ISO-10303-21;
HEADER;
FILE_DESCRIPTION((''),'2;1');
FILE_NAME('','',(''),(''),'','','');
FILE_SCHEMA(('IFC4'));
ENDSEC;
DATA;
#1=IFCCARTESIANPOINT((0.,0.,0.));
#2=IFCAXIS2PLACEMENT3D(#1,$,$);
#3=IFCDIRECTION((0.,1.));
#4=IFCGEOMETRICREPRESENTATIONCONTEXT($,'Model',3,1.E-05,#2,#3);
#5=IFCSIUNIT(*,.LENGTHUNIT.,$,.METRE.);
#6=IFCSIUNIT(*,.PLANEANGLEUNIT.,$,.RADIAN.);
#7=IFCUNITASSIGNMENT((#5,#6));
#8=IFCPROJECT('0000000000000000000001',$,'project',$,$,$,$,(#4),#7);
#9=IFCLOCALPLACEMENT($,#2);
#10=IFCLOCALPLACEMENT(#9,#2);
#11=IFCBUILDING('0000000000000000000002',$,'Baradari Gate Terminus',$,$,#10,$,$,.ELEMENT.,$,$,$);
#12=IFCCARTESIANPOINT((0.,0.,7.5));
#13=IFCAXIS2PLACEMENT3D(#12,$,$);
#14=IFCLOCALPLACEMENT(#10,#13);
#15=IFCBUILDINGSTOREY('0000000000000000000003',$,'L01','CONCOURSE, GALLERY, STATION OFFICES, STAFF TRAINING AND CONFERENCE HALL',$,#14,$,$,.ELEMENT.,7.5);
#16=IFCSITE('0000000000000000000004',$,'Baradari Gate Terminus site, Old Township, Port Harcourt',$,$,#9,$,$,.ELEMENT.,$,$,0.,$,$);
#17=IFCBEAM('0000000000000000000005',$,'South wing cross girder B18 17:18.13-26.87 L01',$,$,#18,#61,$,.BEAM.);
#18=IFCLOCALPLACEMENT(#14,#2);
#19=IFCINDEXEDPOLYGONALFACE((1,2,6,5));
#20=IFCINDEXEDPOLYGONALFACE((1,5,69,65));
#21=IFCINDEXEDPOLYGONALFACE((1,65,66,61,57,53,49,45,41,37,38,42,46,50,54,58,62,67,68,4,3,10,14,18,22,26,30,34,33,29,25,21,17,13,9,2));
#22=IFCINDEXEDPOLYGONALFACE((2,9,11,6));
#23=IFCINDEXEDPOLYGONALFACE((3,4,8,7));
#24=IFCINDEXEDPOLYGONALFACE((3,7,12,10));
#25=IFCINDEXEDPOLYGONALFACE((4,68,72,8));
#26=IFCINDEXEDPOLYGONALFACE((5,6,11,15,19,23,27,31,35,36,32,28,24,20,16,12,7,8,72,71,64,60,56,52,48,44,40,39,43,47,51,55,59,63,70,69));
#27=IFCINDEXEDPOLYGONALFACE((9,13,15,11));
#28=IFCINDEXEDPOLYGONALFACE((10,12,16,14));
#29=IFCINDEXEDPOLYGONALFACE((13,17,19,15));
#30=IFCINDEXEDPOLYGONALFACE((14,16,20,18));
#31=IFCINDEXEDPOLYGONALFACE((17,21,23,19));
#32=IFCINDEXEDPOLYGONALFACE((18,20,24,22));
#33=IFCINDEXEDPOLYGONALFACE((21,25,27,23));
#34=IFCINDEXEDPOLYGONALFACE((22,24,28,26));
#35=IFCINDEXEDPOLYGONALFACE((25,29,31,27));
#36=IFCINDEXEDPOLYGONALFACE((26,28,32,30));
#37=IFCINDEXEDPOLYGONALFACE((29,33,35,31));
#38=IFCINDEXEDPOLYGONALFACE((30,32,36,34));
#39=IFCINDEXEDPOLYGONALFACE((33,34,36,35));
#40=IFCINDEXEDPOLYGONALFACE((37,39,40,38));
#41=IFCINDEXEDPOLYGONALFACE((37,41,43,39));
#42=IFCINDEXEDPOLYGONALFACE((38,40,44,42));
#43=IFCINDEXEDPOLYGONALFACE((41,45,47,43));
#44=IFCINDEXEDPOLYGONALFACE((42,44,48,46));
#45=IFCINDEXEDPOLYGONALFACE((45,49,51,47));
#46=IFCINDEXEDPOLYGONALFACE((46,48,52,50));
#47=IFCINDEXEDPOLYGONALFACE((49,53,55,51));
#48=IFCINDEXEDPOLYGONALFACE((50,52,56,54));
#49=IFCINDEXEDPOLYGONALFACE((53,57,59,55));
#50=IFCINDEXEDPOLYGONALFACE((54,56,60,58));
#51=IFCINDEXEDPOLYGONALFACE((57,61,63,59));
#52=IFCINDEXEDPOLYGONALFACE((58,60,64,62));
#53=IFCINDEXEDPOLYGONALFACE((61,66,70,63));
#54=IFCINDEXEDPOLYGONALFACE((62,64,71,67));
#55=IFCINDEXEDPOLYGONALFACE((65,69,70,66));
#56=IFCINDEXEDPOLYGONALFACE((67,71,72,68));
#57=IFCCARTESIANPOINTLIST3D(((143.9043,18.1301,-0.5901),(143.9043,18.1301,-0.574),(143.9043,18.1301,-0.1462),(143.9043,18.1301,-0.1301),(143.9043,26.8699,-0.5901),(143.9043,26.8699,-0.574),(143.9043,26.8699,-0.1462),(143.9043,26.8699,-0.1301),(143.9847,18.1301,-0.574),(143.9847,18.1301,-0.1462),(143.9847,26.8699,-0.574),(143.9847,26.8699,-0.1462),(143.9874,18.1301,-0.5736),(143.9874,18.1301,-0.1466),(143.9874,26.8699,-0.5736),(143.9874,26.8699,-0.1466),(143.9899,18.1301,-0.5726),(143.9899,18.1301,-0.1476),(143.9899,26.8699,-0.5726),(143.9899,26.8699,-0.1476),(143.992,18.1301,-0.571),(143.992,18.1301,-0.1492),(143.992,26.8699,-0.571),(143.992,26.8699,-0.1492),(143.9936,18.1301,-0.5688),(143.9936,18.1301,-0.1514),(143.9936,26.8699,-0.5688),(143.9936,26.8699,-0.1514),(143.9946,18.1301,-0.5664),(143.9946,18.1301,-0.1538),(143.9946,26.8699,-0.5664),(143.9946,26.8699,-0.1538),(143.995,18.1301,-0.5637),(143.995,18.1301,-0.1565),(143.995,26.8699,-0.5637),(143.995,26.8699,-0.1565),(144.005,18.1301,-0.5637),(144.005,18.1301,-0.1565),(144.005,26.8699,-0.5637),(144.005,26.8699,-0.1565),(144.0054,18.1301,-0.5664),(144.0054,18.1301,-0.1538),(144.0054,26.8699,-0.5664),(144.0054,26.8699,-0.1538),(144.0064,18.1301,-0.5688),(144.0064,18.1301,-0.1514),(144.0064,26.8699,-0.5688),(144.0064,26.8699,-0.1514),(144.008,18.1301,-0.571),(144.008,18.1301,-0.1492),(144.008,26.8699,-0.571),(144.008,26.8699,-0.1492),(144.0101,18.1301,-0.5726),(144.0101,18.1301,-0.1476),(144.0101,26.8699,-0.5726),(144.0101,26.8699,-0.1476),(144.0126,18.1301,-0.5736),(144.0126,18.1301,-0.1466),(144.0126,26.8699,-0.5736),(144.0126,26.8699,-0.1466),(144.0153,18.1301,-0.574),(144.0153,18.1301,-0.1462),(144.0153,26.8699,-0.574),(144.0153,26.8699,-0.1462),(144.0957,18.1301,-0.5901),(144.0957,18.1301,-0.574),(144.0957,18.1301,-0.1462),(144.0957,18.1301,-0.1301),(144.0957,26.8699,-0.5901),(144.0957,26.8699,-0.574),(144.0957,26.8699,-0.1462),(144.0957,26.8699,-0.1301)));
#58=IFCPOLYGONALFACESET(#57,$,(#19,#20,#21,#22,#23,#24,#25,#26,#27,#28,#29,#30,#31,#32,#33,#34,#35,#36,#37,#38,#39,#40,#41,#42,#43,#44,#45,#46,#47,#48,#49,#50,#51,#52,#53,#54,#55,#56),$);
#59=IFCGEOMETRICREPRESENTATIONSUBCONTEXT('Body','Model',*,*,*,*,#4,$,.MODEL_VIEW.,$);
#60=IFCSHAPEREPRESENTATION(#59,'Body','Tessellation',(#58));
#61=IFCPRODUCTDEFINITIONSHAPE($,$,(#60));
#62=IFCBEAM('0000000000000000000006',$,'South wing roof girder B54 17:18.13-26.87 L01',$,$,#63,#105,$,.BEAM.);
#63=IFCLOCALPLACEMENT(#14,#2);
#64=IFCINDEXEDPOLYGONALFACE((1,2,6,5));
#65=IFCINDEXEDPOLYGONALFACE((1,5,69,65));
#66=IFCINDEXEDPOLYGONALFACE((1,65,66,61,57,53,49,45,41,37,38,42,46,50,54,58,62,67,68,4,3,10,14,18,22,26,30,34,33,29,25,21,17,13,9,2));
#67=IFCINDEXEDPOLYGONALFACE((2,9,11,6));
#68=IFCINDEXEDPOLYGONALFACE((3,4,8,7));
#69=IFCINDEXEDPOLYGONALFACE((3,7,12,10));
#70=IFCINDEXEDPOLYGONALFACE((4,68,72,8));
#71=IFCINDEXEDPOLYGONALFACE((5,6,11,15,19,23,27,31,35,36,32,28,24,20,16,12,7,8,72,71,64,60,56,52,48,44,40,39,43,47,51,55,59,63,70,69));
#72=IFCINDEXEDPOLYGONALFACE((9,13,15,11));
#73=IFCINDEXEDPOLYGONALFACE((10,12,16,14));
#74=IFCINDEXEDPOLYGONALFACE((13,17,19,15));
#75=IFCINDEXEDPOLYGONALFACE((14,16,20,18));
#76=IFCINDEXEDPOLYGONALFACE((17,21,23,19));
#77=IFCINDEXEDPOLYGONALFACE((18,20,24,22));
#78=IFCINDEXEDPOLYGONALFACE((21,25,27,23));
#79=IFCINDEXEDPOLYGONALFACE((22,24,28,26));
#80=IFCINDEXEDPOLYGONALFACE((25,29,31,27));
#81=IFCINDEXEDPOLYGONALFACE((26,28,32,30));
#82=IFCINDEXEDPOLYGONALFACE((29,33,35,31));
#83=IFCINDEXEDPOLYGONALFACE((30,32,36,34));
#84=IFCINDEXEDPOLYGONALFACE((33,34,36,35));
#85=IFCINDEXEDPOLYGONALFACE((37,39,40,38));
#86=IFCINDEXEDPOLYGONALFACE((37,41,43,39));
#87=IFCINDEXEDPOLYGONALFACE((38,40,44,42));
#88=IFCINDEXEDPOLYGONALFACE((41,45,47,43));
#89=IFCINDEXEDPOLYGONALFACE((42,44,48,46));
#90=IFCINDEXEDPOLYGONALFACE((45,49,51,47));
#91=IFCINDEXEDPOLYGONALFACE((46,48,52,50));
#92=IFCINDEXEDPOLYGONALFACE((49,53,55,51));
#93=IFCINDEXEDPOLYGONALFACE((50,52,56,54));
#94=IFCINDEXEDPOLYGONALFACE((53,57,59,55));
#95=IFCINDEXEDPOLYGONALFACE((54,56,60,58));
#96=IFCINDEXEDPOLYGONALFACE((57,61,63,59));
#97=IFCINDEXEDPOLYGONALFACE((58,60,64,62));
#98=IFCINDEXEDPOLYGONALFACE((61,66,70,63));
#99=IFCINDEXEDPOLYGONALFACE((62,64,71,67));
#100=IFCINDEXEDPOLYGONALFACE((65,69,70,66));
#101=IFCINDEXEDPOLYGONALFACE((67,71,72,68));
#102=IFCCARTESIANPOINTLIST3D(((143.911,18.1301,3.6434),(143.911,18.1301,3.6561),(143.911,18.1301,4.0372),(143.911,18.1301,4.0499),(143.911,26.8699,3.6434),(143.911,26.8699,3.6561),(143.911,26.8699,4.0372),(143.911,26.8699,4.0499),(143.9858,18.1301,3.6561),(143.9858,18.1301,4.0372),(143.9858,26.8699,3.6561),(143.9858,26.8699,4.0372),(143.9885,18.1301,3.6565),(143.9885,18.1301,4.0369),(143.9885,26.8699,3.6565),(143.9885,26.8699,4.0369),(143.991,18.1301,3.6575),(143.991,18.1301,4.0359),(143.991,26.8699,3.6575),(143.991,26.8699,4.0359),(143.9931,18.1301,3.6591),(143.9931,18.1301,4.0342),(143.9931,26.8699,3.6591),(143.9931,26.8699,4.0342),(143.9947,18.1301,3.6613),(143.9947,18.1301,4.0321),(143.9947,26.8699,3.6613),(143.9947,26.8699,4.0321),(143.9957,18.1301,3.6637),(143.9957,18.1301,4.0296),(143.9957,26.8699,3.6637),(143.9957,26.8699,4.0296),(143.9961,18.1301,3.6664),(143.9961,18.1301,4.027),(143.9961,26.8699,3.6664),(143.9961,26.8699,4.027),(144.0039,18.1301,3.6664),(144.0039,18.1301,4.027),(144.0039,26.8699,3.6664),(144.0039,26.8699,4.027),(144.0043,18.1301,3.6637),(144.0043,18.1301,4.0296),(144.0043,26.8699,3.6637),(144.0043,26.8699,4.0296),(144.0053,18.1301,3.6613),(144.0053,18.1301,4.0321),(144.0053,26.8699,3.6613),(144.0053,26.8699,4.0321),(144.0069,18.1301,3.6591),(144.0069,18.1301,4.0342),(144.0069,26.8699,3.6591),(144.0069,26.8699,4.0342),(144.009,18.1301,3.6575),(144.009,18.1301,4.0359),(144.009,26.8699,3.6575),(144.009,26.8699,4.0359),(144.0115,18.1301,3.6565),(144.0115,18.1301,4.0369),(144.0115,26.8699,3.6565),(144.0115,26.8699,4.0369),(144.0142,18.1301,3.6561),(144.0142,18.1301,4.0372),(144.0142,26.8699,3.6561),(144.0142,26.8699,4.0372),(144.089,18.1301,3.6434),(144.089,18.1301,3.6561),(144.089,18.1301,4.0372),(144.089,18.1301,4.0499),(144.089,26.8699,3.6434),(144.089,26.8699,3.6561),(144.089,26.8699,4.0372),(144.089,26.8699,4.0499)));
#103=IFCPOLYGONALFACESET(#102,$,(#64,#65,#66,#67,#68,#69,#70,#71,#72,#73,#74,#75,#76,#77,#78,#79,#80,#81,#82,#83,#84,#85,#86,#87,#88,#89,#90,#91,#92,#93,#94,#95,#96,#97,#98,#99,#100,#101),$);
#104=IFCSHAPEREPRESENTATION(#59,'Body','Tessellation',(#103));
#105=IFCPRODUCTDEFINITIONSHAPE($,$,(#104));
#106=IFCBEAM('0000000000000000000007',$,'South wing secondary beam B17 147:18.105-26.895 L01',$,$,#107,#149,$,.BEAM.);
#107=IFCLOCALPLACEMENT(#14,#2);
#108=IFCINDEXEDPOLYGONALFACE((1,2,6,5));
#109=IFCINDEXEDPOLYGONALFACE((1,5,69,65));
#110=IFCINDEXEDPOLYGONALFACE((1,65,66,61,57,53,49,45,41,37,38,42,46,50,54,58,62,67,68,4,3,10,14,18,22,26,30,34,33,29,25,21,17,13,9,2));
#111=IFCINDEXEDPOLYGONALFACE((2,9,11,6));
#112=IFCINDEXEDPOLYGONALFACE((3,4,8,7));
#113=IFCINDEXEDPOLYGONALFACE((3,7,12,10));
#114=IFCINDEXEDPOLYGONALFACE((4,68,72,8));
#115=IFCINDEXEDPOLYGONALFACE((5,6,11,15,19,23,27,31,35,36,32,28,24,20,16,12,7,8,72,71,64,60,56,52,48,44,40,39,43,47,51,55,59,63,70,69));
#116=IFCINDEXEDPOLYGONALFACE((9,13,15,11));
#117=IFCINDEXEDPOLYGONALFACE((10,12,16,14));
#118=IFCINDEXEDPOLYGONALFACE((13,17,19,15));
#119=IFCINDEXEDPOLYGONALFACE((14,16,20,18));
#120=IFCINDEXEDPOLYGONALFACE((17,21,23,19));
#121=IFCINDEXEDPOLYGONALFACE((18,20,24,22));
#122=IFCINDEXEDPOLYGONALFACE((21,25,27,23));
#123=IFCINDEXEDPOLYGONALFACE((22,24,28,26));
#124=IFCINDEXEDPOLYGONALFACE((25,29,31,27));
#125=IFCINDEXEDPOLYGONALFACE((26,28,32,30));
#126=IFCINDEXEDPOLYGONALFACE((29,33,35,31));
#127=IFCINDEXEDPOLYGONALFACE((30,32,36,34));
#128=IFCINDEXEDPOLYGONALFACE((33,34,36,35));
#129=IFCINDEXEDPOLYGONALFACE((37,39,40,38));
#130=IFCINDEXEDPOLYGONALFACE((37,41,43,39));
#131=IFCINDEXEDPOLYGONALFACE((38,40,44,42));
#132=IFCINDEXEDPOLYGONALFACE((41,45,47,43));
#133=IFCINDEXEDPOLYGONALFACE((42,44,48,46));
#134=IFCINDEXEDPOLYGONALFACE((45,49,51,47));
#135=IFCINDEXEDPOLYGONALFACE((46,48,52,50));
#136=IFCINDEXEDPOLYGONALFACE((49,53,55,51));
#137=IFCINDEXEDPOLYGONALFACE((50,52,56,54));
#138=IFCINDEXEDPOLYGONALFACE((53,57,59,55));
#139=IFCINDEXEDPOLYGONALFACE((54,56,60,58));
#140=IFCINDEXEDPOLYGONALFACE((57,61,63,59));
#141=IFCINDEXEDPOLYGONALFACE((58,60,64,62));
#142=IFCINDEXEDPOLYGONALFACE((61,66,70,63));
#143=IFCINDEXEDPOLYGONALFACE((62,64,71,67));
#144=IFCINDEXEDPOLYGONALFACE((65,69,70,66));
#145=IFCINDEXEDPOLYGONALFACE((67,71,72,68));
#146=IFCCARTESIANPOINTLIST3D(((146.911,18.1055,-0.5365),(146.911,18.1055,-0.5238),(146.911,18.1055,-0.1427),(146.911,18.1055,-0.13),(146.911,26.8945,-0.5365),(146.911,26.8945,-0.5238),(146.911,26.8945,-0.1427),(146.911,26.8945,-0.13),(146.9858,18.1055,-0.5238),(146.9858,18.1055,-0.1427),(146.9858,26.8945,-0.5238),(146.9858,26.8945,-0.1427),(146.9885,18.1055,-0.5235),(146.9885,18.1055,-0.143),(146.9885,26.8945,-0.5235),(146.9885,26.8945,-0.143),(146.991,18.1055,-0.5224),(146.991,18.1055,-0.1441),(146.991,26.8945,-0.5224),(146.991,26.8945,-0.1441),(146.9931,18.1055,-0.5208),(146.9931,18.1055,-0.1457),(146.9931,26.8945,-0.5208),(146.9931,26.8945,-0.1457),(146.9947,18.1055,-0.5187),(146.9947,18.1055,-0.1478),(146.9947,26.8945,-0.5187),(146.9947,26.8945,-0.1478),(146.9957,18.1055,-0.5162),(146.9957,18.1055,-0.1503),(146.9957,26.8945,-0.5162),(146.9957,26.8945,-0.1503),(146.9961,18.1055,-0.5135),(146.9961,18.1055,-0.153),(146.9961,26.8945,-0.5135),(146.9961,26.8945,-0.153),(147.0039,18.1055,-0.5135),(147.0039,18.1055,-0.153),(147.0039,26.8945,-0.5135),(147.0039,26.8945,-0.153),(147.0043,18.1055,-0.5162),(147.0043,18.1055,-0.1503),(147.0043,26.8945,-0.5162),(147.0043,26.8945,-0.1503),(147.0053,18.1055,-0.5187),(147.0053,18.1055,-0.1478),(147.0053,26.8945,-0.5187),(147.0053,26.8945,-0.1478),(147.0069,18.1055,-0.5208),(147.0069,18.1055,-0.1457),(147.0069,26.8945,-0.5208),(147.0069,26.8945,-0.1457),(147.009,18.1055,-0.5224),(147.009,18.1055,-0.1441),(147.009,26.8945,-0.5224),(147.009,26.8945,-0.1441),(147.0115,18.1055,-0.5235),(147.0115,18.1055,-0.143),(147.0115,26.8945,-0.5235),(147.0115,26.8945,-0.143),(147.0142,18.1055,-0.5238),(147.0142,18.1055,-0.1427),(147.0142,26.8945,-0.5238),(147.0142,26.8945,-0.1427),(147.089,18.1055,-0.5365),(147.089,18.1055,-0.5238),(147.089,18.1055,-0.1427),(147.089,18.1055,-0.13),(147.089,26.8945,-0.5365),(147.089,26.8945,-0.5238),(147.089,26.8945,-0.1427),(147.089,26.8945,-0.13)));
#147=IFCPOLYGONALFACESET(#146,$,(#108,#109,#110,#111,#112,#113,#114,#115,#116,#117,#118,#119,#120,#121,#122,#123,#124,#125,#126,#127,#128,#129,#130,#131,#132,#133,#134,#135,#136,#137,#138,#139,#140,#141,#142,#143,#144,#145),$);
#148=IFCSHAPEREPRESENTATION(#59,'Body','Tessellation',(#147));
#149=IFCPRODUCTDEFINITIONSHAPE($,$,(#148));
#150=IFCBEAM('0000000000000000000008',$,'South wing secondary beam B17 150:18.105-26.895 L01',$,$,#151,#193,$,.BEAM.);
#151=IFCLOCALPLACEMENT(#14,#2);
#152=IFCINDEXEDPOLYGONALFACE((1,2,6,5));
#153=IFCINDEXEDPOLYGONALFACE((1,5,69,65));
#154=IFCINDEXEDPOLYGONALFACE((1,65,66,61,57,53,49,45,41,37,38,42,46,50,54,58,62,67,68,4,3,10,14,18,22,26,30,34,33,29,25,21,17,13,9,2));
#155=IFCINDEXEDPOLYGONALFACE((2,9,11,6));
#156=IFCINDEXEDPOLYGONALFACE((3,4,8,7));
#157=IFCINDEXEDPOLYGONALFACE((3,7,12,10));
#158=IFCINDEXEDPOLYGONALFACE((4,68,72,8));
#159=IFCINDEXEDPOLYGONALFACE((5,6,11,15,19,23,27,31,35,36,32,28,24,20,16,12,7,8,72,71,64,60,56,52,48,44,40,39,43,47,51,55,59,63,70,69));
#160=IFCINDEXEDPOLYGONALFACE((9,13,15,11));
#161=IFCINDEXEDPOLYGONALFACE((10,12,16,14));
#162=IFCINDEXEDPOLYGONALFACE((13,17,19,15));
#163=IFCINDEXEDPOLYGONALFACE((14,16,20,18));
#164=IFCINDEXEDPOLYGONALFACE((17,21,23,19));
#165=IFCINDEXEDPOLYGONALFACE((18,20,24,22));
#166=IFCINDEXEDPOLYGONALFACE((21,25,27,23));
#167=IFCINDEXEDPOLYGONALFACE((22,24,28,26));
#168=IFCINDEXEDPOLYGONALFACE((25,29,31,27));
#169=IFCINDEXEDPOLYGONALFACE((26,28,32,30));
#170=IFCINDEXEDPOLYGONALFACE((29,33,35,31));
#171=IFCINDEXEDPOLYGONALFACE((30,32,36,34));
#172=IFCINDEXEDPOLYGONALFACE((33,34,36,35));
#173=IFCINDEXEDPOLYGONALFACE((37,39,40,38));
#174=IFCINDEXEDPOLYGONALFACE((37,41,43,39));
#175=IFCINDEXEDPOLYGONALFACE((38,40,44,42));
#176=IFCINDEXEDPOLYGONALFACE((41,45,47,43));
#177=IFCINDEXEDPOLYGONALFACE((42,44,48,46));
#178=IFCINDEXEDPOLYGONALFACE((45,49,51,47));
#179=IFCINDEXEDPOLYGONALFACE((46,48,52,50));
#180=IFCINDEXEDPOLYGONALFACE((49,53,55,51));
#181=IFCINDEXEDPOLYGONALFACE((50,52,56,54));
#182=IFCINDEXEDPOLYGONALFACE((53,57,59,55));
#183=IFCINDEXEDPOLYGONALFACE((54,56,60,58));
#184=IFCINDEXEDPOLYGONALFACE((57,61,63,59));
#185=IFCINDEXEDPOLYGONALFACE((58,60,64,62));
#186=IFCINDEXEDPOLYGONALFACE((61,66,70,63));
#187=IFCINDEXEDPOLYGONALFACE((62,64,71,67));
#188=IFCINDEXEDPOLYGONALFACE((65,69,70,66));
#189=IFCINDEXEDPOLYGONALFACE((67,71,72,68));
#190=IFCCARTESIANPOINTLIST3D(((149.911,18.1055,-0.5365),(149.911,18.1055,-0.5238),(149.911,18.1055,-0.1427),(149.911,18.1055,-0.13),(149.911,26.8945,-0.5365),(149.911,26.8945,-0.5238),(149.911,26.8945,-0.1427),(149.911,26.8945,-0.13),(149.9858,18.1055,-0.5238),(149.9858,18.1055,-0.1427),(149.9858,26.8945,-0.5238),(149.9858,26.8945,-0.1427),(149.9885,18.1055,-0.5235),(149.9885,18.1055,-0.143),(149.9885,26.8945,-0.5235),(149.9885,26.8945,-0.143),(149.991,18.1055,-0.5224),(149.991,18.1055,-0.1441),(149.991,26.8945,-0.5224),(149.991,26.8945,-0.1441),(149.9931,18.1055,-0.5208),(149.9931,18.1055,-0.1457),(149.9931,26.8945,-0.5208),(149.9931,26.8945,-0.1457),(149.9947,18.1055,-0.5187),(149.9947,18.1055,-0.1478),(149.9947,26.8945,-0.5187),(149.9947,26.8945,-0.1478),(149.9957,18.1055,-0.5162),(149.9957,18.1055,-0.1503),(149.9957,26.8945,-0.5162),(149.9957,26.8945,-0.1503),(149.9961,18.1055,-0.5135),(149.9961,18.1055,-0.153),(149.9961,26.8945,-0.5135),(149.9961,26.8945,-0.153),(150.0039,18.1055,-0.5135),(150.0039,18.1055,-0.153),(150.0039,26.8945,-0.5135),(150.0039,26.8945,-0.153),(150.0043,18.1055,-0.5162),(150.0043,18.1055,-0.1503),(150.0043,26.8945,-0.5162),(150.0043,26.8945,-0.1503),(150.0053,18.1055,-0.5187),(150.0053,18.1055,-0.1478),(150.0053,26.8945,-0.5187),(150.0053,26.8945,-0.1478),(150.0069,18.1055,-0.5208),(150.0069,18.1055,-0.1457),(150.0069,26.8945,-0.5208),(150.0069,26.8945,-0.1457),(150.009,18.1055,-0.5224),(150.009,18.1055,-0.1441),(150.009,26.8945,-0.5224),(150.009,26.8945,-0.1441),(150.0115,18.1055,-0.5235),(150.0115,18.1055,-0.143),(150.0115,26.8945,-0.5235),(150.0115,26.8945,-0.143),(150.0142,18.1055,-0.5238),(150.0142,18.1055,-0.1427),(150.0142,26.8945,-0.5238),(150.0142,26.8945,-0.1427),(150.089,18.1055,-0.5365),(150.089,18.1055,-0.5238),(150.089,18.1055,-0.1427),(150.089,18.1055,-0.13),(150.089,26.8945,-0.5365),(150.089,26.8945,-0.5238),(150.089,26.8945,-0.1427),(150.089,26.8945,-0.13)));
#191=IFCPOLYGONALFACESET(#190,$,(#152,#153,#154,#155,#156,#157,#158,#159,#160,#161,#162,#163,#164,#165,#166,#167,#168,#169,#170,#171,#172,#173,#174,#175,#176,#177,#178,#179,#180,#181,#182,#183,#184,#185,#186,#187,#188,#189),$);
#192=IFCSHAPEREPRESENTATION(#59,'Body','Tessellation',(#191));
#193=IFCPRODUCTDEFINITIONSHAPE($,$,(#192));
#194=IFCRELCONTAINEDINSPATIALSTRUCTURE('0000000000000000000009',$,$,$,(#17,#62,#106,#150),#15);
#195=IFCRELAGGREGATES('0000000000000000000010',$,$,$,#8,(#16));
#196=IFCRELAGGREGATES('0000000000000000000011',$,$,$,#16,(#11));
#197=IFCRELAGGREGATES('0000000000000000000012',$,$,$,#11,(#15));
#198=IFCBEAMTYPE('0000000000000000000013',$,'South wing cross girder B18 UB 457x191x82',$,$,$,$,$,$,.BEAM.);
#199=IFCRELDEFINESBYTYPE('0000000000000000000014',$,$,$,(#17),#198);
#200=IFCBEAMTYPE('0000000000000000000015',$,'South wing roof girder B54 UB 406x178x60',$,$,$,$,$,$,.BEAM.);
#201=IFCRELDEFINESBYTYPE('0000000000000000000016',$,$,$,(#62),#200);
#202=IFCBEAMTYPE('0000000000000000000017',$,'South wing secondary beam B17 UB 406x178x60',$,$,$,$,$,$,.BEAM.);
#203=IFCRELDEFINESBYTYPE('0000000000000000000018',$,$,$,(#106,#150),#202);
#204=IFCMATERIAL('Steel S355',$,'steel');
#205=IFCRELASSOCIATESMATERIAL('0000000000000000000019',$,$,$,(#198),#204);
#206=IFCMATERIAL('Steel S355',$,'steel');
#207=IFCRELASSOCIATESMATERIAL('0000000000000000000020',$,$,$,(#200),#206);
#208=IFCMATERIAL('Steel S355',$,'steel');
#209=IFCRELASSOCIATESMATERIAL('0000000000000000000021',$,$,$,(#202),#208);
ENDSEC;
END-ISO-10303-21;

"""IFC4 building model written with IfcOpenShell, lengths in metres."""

from ifc_helpers import new_model, si_unit, direction, frame, origin, origin_2d, place, context, subcontext, project, spatial, i_section, extrude, material, material_profile, profile_set, type_object, element, save


model = new_model("IFC4")

# Units and contexts
model_context = context("Model", 3, precision=1e-05, world=origin(), true_north=direction((0.0, 1.0)))
body_context = subcontext(model_context, "Body", "Model", "MODEL_VIEW")
ifc_project = project(units=[si_unit("LENGTHUNIT", "METRE"), si_unit("PLANEANGLEUNIT", "RADIAN")], contexts=[model_context])

# Site, building, storey
site_placement = place(None, origin())
site = spatial("IfcSite", under=ifc_project, at=site_placement, Name="Baradari Gate Terminus site, Old Township, Port Harcourt", CompositionType="ELEMENT", RefElevation=0.0)
building_placement = place(site_placement, origin())
building = spatial("IfcBuilding", under=site, at=building_placement, Name="Baradari Gate Terminus", CompositionType="ELEMENT")
storey_placement = place(building_placement, frame((0.0, 0.0, 7.5)))
storey = spatial("IfcBuildingStorey", under=building, at=storey_placement, Name="L01", Description="CONCOURSE, GALLERY, STATION OFFICES, STAFF TRAINING AND CONFERENCE HALL", CompositionType="ELEMENT", Elevation=7.5)

# Beams
ifc_material_1 = material(Name="Steel S355", Category="steel")
ifc_material_profile_1 = material_profile(ifc_material_1, i_section(OverallWidth=0.1914, OverallDepth=0.46, WebThickness=0.01, FlangeThickness=0.0161, FilletRadius=0.0103, at=origin_2d()), Name="UB 457x191x82")
ifc_profile_set_1 = profile_set([ifc_material_profile_1], Name="Steel S355")
beam_type_1 = type_object("IfcBeamType", Name="South wing cross girder B18 UB 457x191x82", PredefinedType="BEAM", material=ifc_profile_set_1)
beam_1_placement = place(storey_placement, frame((144.0, 18.1301, -0.3601), z_axis=(0.0, 1.0, 0.0), x_axis=(-1.0, 0.0, 0.0)))
element("IfcBeam", 1, at=beam_1_placement, inside=storey, type_object=beam_type_1, Name="South wing cross girder B18 17:18.13-26.87 L01", PredefinedType="BEAM", context=body_context, shape_type="SweptSolid", body=[
    extrude(i_section(OverallWidth=0.1914, OverallDepth=0.46, WebThickness=0.01, FlangeThickness=0.0161, FilletRadius=0.0103, at=origin_2d()), origin(), (0.0, 0.0, 1.0), 8.7397),
])
ifc_material_2 = material(Name="Steel S355", Category="steel")
ifc_material_profile_2 = material_profile(ifc_material_2, i_section(OverallWidth=0.178, OverallDepth=0.4065, WebThickness=0.0078, FlangeThickness=0.0127, FilletRadius=0.0103, at=origin_2d()), Name="UB 406x178x60")
ifc_profile_set_2 = profile_set([ifc_material_profile_2], Name="Steel S355")
beam_type_2 = type_object("IfcBeamType", Name="South wing roof girder B54 UB 406x178x60", PredefinedType="BEAM", material=ifc_profile_set_2)
beam_2_placement = place(storey_placement, frame((144.0, 18.1301, 3.8467), z_axis=(0.0, 1.0, 0.0), x_axis=(-1.0, 0.0, 0.0)))
element("IfcBeam", 2, at=beam_2_placement, inside=storey, type_object=beam_type_2, Name="South wing roof girder B54 17:18.13-26.87 L01", PredefinedType="BEAM", context=body_context, shape_type="SweptSolid", body=[
    extrude(i_section(OverallWidth=0.178, OverallDepth=0.4065, WebThickness=0.0078, FlangeThickness=0.0127, FilletRadius=0.0103, at=origin_2d()), origin(), (0.0, 0.0, 1.0), 8.7397),
])
ifc_material_3 = material(Name="Steel S355", Category="steel")
ifc_material_profile_3 = material_profile(ifc_material_3, i_section(OverallWidth=0.178, OverallDepth=0.4065, WebThickness=0.0078, FlangeThickness=0.0127, FilletRadius=0.0103, at=origin_2d()), Name="UB 406x178x60")
ifc_profile_set_3 = profile_set([ifc_material_profile_3], Name="Steel S355")
beam_type_3 = type_object("IfcBeamType", Name="South wing secondary beam B17 UB 406x178x60", PredefinedType="BEAM", material=ifc_profile_set_3)
for number, where, z_axis, x_axis, name in (
    (3, (147.0, 18.1055, -0.3333), (0.0, 1.0, 0.0), (-1.0, 0.0, 0.0), "South wing secondary beam B17 147:18.105-26.895 L01"),
    (4, (150.0, 18.1055, -0.3333), (0.0, 1.0, 0.0), (-1.0, 0.0, 0.0), "South wing secondary beam B17 150:18.105-26.895 L01"),
):
    element("IfcBeam", number, at=place(storey_placement, frame(where, z_axis=z_axis, x_axis=x_axis)), inside=storey, type_object=beam_type_3, Name=name, PredefinedType="BEAM", context=body_context, shape_type="SweptSolid", body=[
        extrude(i_section(OverallWidth=0.178, OverallDepth=0.4065, WebThickness=0.0078, FlangeThickness=0.0127, FilletRadius=0.0103, at=origin_2d()), origin(), (0.0, 0.0, 1.0), 8.7891),
    ])

save(model, "model.ifc")
